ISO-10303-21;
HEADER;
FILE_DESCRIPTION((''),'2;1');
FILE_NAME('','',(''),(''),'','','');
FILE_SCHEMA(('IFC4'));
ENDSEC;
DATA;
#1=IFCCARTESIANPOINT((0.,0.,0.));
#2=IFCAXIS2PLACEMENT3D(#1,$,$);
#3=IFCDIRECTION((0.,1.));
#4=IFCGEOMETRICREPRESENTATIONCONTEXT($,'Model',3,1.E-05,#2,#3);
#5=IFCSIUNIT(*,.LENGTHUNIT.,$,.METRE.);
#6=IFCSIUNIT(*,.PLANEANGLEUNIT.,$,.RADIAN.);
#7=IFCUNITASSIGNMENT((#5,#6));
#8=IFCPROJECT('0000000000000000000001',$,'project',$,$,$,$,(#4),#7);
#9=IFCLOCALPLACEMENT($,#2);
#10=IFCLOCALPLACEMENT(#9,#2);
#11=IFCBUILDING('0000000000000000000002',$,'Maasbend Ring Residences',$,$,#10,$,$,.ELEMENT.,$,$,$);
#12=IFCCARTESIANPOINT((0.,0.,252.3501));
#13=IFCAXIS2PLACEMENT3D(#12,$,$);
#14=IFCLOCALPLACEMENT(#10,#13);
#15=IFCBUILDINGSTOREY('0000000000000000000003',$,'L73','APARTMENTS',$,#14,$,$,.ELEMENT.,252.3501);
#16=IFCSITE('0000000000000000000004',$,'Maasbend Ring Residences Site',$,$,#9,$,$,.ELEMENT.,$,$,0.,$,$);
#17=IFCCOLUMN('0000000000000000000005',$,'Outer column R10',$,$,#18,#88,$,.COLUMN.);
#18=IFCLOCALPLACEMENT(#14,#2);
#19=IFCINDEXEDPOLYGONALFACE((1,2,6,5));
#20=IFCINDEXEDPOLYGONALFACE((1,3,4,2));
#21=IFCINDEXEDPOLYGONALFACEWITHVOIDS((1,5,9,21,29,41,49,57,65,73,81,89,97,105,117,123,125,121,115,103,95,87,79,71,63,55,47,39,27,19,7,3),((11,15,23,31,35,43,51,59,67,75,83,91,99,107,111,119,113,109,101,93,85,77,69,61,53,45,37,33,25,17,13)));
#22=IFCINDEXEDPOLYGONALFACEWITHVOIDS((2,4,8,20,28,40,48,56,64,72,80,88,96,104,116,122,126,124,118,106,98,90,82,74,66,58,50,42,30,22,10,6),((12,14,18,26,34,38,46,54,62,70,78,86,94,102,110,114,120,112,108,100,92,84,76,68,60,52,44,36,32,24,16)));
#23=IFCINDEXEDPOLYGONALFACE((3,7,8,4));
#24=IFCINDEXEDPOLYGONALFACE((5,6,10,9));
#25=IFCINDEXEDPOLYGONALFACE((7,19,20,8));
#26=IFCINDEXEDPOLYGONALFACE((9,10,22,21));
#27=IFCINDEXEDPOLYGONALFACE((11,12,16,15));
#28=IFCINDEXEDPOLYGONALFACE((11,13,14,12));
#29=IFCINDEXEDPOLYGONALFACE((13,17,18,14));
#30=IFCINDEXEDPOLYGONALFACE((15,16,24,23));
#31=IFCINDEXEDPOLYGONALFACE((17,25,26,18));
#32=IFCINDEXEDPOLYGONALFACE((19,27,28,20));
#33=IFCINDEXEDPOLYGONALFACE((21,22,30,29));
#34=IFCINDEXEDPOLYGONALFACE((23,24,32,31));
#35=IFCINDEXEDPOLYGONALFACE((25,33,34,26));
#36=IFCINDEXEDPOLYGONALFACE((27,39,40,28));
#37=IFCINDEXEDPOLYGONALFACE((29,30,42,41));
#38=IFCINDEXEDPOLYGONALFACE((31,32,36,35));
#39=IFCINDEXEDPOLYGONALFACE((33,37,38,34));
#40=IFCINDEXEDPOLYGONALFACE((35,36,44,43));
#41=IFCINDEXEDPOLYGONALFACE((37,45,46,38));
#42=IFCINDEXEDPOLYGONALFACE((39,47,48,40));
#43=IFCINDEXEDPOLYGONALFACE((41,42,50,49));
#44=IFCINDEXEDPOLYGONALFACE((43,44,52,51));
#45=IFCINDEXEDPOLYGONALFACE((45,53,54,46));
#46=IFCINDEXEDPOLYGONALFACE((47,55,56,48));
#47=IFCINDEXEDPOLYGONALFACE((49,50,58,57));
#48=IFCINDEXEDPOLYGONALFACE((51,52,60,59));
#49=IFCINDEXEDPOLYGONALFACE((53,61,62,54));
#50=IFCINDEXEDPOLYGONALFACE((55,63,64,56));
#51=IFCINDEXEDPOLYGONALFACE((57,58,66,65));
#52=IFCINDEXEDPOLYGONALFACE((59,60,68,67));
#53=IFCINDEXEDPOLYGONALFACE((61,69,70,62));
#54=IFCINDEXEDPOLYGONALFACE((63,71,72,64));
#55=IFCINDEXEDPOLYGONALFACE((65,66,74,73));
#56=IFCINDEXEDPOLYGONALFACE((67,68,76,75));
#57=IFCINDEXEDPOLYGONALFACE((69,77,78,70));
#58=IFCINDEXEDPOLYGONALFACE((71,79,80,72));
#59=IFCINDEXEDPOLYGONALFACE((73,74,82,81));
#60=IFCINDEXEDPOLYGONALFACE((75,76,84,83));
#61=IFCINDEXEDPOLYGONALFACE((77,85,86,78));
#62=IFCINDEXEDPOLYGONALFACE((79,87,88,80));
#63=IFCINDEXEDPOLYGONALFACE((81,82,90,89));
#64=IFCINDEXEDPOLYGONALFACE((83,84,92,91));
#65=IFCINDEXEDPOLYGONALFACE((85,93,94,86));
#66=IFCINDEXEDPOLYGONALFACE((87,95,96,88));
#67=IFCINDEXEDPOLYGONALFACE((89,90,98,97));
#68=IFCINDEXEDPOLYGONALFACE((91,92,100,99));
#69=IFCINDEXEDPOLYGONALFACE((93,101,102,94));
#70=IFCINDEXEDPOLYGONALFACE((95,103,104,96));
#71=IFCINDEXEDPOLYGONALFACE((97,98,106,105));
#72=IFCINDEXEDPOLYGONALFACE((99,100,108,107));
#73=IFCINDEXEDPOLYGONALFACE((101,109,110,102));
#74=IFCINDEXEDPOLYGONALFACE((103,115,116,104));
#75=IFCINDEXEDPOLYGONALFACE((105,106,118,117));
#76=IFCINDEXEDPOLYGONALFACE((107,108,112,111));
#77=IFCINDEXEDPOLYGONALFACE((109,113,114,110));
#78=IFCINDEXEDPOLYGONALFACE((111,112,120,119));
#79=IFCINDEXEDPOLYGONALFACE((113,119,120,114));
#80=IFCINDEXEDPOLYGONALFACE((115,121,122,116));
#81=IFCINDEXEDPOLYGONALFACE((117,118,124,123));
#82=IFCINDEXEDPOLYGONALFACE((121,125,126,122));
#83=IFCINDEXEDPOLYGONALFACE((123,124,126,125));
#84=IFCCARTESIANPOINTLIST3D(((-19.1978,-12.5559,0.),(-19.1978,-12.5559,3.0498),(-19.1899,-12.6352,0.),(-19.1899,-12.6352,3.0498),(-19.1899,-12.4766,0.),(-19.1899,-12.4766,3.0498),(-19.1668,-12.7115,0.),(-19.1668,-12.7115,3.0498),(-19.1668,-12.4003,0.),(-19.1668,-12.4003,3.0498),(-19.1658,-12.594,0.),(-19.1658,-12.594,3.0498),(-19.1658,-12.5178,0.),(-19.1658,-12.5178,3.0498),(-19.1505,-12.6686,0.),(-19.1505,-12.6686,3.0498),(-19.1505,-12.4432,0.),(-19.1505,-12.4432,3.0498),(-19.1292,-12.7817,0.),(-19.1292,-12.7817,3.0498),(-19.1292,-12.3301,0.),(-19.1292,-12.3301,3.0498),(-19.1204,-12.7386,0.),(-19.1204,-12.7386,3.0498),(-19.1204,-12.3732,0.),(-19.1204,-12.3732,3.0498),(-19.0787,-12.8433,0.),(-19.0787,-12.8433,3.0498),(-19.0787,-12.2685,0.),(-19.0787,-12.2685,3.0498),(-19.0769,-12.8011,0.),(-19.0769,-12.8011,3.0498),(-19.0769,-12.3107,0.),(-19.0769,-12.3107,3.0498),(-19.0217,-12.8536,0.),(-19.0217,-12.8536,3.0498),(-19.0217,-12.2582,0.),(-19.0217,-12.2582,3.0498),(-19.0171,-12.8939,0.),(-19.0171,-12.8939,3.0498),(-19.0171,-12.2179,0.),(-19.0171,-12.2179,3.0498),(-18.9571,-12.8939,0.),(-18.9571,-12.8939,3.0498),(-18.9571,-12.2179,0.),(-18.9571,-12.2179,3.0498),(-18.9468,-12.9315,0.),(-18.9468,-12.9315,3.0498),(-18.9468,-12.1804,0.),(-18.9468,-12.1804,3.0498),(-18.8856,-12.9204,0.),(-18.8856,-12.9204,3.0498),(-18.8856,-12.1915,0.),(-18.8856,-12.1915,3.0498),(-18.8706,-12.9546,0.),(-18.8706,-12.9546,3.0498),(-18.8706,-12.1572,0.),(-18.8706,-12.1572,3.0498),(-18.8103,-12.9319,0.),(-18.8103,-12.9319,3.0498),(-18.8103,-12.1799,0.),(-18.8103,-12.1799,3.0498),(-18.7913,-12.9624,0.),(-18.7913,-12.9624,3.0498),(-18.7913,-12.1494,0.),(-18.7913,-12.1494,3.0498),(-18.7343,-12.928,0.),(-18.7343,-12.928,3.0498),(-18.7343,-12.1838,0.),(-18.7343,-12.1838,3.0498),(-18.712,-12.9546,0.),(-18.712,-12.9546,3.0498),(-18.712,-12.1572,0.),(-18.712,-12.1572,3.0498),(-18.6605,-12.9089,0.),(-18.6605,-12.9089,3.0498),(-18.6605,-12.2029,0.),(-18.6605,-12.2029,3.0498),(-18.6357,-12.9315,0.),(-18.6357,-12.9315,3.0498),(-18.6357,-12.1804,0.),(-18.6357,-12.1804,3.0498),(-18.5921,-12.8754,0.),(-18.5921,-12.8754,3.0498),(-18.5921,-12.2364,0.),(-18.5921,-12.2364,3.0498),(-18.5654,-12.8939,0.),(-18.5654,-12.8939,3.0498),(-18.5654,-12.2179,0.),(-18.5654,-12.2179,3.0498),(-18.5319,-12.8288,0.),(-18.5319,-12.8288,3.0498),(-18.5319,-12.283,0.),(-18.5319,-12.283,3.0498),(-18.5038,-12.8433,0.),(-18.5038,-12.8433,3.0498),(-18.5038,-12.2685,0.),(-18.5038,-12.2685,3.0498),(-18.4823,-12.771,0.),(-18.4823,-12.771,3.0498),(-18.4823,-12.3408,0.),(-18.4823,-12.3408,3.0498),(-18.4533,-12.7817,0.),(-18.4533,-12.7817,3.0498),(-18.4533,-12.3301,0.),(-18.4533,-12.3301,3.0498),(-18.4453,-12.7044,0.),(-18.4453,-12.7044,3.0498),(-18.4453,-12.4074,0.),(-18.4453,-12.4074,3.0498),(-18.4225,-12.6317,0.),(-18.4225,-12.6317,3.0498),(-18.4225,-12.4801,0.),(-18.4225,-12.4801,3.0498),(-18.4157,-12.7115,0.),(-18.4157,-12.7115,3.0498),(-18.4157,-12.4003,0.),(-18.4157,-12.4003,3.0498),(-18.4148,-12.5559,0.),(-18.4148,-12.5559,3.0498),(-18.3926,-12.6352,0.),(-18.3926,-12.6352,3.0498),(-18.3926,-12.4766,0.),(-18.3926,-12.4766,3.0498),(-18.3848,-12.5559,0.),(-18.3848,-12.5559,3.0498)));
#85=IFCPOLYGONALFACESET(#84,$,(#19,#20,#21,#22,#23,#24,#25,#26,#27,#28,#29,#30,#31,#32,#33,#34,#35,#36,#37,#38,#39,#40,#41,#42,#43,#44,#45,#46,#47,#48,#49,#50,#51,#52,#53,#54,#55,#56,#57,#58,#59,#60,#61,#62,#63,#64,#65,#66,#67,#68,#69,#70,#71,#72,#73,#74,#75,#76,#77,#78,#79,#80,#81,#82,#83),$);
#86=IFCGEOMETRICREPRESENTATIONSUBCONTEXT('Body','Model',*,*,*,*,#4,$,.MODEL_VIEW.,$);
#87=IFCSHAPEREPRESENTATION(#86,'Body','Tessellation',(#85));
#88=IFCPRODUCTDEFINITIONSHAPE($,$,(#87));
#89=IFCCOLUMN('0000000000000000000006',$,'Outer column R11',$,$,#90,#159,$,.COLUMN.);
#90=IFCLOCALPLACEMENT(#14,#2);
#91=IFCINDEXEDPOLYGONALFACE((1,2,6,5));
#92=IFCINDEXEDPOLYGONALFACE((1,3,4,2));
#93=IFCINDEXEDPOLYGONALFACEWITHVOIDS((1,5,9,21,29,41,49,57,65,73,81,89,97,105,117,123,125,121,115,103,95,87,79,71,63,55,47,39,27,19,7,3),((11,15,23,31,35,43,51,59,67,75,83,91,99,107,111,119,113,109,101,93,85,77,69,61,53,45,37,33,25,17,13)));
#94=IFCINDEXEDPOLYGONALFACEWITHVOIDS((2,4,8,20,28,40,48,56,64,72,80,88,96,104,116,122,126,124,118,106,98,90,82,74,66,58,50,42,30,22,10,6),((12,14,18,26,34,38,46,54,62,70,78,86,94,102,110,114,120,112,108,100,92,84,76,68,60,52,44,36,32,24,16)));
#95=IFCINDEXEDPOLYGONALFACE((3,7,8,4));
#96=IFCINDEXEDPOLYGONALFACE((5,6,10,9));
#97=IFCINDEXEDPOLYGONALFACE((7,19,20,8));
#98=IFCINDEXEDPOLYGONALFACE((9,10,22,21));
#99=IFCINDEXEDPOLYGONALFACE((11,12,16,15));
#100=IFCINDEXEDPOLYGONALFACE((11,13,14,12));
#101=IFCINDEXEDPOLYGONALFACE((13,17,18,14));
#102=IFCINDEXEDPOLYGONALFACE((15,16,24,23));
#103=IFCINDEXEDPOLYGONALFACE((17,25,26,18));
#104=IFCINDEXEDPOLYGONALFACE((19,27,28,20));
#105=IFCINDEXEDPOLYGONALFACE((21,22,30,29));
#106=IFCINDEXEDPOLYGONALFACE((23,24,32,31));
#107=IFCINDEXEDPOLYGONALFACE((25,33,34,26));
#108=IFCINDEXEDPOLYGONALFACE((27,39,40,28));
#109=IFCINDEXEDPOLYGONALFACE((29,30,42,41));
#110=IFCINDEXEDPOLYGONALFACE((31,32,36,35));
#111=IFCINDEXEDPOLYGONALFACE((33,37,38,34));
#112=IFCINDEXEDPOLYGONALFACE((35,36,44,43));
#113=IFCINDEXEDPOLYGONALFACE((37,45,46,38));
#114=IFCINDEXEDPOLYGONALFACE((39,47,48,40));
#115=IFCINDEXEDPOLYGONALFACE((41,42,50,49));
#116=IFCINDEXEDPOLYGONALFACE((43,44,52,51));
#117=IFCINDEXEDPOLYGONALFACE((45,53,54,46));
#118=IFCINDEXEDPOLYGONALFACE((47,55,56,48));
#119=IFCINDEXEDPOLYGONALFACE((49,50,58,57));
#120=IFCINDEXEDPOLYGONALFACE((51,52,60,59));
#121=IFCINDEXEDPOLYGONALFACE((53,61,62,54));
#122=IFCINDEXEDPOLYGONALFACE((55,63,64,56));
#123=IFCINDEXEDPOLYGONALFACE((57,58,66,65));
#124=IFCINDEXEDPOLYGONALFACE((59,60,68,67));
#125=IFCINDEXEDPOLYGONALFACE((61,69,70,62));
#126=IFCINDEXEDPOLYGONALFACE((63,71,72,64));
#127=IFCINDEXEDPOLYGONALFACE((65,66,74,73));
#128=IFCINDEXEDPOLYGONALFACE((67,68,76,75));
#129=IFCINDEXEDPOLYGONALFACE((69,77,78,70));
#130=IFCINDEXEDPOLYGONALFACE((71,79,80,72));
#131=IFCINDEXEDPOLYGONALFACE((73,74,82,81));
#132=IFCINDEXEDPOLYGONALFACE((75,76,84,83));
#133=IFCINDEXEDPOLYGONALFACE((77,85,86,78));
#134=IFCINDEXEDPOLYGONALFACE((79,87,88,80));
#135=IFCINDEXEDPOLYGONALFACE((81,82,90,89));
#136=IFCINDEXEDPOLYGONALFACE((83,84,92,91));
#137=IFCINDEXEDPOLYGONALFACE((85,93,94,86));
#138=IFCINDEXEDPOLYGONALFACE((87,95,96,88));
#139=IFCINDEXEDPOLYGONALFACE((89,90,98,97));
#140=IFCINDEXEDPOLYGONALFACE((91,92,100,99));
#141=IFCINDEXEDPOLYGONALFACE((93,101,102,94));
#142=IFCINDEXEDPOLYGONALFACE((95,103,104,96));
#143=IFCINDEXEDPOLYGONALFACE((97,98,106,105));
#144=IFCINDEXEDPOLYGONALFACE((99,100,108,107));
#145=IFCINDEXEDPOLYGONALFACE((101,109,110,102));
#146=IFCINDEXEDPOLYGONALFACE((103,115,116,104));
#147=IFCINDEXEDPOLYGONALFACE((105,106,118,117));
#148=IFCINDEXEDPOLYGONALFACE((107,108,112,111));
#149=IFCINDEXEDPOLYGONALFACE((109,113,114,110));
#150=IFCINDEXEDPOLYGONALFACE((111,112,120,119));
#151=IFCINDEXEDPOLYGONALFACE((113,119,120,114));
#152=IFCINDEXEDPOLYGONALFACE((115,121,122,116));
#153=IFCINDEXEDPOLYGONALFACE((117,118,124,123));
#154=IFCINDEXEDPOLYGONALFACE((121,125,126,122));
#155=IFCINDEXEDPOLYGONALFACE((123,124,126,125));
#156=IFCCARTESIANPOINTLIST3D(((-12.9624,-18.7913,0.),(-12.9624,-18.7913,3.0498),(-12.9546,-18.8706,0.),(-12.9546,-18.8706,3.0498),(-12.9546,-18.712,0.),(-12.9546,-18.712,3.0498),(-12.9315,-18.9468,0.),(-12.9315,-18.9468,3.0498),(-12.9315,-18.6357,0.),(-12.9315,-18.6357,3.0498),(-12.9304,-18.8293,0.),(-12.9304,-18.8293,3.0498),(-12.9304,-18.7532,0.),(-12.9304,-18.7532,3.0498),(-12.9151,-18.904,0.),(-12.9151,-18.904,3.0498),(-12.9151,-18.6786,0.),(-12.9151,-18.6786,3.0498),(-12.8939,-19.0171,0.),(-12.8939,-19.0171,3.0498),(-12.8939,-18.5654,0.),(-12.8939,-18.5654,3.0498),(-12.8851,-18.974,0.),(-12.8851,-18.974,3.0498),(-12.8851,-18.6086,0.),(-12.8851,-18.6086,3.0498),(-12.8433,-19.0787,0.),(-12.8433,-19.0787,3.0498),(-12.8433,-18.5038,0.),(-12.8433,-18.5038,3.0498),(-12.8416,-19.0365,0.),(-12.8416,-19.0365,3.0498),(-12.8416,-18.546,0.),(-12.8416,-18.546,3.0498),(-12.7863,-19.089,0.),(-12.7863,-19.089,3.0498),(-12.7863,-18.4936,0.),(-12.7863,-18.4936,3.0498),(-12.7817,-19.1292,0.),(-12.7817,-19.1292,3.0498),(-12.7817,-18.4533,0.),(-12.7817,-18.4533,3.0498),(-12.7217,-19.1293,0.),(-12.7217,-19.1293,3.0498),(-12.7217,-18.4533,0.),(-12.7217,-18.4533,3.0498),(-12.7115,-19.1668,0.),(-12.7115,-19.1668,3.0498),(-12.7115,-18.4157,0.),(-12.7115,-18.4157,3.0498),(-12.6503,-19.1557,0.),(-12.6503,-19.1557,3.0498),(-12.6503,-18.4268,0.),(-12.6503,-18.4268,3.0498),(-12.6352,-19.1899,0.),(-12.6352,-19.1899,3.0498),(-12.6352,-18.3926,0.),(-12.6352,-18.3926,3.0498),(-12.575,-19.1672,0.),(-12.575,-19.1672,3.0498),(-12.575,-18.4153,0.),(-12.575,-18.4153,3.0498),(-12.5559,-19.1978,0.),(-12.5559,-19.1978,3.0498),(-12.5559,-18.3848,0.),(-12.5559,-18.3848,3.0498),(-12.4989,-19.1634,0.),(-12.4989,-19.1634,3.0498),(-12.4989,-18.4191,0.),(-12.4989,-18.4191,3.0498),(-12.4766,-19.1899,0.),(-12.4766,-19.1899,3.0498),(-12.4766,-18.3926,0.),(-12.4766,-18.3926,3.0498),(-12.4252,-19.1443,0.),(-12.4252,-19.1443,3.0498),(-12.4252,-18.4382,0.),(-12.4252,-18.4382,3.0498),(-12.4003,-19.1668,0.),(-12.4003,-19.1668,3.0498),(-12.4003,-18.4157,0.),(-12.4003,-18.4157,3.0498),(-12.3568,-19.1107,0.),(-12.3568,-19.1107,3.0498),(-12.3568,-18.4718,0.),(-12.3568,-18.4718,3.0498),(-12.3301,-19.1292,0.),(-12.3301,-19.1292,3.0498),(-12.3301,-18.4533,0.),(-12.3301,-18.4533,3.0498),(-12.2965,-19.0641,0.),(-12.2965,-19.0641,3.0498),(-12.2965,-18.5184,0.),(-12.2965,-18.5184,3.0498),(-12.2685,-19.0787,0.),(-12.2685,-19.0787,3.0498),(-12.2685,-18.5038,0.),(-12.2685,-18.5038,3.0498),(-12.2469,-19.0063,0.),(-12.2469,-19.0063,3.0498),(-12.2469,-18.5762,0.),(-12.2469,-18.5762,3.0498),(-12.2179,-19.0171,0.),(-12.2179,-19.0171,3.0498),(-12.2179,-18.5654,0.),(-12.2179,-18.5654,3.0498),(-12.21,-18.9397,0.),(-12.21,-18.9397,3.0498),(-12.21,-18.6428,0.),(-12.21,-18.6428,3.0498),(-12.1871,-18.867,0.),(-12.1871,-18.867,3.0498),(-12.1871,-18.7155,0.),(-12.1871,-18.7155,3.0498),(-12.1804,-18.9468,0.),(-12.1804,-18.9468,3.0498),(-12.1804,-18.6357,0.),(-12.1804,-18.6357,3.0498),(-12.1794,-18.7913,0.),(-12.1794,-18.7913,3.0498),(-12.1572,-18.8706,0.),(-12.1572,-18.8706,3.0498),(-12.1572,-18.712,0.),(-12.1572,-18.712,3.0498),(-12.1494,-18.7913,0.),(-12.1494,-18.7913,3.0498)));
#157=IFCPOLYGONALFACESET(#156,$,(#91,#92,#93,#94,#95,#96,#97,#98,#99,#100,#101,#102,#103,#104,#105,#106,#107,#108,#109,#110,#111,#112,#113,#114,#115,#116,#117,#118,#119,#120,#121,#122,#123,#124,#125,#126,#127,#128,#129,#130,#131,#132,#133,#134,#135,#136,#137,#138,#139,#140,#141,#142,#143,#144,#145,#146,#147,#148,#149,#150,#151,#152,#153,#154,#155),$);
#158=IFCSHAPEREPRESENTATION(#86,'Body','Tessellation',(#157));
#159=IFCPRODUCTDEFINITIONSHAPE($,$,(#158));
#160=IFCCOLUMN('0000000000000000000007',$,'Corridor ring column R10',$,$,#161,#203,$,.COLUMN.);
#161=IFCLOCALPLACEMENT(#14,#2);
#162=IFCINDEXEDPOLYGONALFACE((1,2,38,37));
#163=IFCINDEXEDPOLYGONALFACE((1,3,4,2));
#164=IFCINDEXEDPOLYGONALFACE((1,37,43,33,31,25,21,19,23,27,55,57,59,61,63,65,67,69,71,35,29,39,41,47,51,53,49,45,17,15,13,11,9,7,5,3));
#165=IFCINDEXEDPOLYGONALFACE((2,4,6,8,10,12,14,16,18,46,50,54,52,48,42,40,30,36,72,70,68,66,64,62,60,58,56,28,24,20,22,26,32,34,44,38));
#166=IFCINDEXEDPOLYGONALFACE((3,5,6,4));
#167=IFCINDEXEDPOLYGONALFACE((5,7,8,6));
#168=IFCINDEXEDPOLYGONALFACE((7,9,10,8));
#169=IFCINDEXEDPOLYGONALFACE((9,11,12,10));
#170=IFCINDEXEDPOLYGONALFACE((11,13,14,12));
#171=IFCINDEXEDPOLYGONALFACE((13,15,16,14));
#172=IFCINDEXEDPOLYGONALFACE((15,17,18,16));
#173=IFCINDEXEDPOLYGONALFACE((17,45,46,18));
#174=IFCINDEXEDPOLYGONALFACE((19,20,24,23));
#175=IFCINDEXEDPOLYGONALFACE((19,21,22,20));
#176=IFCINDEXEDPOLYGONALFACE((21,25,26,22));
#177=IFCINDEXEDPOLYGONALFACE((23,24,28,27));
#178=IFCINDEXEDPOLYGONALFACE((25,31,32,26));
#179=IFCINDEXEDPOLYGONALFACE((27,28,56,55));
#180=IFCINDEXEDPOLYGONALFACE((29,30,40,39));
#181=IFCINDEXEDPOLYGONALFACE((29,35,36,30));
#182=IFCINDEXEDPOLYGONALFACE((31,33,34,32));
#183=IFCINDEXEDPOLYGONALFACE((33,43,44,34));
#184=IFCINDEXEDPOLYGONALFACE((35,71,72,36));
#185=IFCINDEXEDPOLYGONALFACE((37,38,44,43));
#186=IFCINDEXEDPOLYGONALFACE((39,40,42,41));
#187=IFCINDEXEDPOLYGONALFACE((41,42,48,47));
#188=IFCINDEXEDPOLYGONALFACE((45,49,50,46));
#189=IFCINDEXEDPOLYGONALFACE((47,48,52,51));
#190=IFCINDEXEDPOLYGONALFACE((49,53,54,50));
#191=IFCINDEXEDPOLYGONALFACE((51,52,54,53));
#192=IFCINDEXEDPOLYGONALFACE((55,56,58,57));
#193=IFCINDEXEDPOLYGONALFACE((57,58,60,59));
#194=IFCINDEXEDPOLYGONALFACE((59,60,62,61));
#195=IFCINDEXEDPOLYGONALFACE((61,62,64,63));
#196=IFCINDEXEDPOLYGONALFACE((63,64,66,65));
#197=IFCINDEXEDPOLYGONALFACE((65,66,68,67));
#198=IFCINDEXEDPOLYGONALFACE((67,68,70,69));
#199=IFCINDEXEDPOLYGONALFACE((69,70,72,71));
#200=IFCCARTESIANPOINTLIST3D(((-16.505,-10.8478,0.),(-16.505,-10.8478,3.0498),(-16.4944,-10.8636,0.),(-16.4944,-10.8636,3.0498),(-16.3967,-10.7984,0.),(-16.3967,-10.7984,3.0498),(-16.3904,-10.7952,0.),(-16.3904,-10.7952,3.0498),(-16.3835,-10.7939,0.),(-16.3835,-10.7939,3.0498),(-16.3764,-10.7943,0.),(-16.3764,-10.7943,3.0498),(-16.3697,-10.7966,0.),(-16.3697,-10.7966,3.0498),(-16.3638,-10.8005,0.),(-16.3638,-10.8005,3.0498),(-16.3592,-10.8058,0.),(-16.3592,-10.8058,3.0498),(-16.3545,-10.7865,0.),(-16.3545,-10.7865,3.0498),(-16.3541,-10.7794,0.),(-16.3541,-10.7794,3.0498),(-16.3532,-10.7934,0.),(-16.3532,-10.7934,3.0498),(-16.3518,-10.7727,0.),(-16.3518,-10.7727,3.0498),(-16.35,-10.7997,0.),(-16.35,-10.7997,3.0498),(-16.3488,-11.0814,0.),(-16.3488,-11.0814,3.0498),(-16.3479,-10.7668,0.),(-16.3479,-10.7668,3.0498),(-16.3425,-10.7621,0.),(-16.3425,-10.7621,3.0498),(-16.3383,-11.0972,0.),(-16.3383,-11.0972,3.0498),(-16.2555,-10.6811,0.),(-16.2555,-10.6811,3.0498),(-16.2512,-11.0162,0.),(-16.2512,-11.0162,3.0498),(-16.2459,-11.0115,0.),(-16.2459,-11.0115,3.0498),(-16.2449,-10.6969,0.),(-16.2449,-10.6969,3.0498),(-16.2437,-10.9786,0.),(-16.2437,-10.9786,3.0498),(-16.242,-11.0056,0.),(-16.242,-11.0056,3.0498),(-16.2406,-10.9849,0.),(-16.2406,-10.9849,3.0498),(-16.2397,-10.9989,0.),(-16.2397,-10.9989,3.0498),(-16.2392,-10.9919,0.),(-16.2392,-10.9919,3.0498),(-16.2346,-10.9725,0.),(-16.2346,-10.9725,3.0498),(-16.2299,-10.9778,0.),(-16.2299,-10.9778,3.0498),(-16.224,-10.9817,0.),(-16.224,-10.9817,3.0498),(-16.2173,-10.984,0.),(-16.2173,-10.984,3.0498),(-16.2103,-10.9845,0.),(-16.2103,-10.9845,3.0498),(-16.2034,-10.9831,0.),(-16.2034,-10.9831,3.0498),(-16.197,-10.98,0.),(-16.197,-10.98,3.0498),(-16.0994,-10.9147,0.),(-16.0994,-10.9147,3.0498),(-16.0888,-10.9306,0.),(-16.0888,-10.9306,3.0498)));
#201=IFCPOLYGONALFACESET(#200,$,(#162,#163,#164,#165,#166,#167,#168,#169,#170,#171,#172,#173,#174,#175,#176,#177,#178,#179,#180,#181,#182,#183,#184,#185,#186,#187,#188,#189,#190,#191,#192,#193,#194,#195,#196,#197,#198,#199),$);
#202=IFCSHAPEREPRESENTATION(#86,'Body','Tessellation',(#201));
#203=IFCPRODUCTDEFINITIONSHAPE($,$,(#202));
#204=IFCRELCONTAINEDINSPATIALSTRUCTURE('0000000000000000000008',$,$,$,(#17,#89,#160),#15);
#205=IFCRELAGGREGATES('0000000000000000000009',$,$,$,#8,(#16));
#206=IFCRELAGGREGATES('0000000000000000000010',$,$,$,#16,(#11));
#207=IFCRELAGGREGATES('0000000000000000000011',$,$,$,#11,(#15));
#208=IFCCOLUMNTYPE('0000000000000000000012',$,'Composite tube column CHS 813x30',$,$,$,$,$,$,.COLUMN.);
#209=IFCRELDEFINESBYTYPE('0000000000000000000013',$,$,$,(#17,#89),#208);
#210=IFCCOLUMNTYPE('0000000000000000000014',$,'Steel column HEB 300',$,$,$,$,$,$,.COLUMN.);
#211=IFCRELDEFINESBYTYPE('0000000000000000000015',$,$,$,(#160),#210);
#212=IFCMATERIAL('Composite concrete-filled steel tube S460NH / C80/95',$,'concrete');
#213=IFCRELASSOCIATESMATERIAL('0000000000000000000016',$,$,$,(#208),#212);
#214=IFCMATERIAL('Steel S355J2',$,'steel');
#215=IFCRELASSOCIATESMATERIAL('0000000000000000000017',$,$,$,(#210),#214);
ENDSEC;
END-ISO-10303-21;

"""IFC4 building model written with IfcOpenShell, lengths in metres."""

from ifc_helpers import new_model, si_unit, direction, frame, origin, origin_2d, place, context, subcontext, project, spatial, hollow_circle, i_section, extrude, material, material_profile, profile_set, type_object, element, save


model = new_model("IFC4")

# Units and contexts
model_context = context("Model", 3, precision=1e-05, world=origin(), true_north=direction((0.0, 1.0)))
body_context = subcontext(model_context, "Body", "Model", "MODEL_VIEW")
ifc_project = project(units=[si_unit("LENGTHUNIT", "METRE"), si_unit("PLANEANGLEUNIT", "RADIAN")], contexts=[model_context])

# Site, building, storey
site_placement = place(None, origin())
site = spatial("IfcSite", under=ifc_project, at=site_placement, Name="Maasbend Ring Residences Site", CompositionType="ELEMENT", RefElevation=0.0)
building_placement = place(site_placement, origin())
building = spatial("IfcBuilding", under=site, at=building_placement, Name="Maasbend Ring Residences", CompositionType="ELEMENT")
storey_placement = place(building_placement, frame((0.0, 0.0, 252.3501)))
storey = spatial("IfcBuildingStorey", under=building, at=storey_placement, Name="L73", Description="APARTMENTS", CompositionType="ELEMENT", Elevation=252.3501)

# Columns
ifc_material_1 = material(Name="Composite concrete-filled steel tube S460NH / C80/95", Category="concrete")
ifc_material_profile_1 = material_profile(ifc_material_1, hollow_circle(Radius=0.4065, WallThickness=0.03, at=origin_2d()), Name="Composite tube column CHS 813x30")
ifc_profile_set_1 = profile_set([ifc_material_profile_1], Name="Composite concrete-filled steel tube S460NH / C80/95")
column_type_1 = type_object("IfcColumnType", Name="Composite tube column CHS 813x30", PredefinedType="COLUMN", material=ifc_profile_set_1)
for number, where, z_axis, x_axis, name in (
    (1, (-18.7913, -12.5559, 0.0), (0.0, 0.0, 1.0), (1.0, 0.0, 0.0), "Outer column R10"),
    (2, (-12.5559, -18.7913, 0.0), (0.0, 0.0, 1.0), (1.0, 0.0, 0.0), "Outer column R11"),
):
    element("IfcColumn", number, at=place(storey_placement, frame(where, z_axis=z_axis, x_axis=x_axis)), inside=storey, type_object=column_type_1, Name=name, PredefinedType="COLUMN", context=body_context, shape_type="SweptSolid", body=[
        extrude(hollow_circle(Radius=0.4065, WallThickness=0.03, at=origin_2d()), origin(), (0.0, 0.0, 1.0), 3.0498),
    ])
ifc_material_2 = material(Name="Steel S355J2", Category="steel")
ifc_material_profile_2 = material_profile(ifc_material_2, i_section(OverallWidth=0.3, OverallDepth=0.3, WebThickness=0.011, FlangeThickness=0.019, FilletRadius=0.0271, at=origin_2d()), Name="HEB 300")
ifc_profile_set_2 = profile_set([ifc_material_profile_2], Name="Steel S355J2")
column_type_2 = type_object("IfcColumnType", Name="Steel column HEB 300", PredefinedType="COLUMN", material=ifc_profile_set_2)
for number, where, z_axis, x_axis, name in (
    (3, (-16.2969, -10.8892, 0.0), (0.0, 0.0, 1.0), (-0.83147, -0.55557, 0.0), "Corridor ring column R10"),
):
    element("IfcColumn", number, at=place(storey_placement, frame(where, z_axis=z_axis, x_axis=x_axis)), inside=storey, type_object=column_type_2, Name=name, PredefinedType="COLUMN", context=body_context, shape_type="SweptSolid", body=[
        extrude(i_section(OverallWidth=0.3, OverallDepth=0.3, WebThickness=0.011, FlangeThickness=0.019, FilletRadius=0.0271, at=origin_2d()), origin(), (0.0, 0.0, 1.0), 3.0498),
    ])

save(model, "model.ifc")
